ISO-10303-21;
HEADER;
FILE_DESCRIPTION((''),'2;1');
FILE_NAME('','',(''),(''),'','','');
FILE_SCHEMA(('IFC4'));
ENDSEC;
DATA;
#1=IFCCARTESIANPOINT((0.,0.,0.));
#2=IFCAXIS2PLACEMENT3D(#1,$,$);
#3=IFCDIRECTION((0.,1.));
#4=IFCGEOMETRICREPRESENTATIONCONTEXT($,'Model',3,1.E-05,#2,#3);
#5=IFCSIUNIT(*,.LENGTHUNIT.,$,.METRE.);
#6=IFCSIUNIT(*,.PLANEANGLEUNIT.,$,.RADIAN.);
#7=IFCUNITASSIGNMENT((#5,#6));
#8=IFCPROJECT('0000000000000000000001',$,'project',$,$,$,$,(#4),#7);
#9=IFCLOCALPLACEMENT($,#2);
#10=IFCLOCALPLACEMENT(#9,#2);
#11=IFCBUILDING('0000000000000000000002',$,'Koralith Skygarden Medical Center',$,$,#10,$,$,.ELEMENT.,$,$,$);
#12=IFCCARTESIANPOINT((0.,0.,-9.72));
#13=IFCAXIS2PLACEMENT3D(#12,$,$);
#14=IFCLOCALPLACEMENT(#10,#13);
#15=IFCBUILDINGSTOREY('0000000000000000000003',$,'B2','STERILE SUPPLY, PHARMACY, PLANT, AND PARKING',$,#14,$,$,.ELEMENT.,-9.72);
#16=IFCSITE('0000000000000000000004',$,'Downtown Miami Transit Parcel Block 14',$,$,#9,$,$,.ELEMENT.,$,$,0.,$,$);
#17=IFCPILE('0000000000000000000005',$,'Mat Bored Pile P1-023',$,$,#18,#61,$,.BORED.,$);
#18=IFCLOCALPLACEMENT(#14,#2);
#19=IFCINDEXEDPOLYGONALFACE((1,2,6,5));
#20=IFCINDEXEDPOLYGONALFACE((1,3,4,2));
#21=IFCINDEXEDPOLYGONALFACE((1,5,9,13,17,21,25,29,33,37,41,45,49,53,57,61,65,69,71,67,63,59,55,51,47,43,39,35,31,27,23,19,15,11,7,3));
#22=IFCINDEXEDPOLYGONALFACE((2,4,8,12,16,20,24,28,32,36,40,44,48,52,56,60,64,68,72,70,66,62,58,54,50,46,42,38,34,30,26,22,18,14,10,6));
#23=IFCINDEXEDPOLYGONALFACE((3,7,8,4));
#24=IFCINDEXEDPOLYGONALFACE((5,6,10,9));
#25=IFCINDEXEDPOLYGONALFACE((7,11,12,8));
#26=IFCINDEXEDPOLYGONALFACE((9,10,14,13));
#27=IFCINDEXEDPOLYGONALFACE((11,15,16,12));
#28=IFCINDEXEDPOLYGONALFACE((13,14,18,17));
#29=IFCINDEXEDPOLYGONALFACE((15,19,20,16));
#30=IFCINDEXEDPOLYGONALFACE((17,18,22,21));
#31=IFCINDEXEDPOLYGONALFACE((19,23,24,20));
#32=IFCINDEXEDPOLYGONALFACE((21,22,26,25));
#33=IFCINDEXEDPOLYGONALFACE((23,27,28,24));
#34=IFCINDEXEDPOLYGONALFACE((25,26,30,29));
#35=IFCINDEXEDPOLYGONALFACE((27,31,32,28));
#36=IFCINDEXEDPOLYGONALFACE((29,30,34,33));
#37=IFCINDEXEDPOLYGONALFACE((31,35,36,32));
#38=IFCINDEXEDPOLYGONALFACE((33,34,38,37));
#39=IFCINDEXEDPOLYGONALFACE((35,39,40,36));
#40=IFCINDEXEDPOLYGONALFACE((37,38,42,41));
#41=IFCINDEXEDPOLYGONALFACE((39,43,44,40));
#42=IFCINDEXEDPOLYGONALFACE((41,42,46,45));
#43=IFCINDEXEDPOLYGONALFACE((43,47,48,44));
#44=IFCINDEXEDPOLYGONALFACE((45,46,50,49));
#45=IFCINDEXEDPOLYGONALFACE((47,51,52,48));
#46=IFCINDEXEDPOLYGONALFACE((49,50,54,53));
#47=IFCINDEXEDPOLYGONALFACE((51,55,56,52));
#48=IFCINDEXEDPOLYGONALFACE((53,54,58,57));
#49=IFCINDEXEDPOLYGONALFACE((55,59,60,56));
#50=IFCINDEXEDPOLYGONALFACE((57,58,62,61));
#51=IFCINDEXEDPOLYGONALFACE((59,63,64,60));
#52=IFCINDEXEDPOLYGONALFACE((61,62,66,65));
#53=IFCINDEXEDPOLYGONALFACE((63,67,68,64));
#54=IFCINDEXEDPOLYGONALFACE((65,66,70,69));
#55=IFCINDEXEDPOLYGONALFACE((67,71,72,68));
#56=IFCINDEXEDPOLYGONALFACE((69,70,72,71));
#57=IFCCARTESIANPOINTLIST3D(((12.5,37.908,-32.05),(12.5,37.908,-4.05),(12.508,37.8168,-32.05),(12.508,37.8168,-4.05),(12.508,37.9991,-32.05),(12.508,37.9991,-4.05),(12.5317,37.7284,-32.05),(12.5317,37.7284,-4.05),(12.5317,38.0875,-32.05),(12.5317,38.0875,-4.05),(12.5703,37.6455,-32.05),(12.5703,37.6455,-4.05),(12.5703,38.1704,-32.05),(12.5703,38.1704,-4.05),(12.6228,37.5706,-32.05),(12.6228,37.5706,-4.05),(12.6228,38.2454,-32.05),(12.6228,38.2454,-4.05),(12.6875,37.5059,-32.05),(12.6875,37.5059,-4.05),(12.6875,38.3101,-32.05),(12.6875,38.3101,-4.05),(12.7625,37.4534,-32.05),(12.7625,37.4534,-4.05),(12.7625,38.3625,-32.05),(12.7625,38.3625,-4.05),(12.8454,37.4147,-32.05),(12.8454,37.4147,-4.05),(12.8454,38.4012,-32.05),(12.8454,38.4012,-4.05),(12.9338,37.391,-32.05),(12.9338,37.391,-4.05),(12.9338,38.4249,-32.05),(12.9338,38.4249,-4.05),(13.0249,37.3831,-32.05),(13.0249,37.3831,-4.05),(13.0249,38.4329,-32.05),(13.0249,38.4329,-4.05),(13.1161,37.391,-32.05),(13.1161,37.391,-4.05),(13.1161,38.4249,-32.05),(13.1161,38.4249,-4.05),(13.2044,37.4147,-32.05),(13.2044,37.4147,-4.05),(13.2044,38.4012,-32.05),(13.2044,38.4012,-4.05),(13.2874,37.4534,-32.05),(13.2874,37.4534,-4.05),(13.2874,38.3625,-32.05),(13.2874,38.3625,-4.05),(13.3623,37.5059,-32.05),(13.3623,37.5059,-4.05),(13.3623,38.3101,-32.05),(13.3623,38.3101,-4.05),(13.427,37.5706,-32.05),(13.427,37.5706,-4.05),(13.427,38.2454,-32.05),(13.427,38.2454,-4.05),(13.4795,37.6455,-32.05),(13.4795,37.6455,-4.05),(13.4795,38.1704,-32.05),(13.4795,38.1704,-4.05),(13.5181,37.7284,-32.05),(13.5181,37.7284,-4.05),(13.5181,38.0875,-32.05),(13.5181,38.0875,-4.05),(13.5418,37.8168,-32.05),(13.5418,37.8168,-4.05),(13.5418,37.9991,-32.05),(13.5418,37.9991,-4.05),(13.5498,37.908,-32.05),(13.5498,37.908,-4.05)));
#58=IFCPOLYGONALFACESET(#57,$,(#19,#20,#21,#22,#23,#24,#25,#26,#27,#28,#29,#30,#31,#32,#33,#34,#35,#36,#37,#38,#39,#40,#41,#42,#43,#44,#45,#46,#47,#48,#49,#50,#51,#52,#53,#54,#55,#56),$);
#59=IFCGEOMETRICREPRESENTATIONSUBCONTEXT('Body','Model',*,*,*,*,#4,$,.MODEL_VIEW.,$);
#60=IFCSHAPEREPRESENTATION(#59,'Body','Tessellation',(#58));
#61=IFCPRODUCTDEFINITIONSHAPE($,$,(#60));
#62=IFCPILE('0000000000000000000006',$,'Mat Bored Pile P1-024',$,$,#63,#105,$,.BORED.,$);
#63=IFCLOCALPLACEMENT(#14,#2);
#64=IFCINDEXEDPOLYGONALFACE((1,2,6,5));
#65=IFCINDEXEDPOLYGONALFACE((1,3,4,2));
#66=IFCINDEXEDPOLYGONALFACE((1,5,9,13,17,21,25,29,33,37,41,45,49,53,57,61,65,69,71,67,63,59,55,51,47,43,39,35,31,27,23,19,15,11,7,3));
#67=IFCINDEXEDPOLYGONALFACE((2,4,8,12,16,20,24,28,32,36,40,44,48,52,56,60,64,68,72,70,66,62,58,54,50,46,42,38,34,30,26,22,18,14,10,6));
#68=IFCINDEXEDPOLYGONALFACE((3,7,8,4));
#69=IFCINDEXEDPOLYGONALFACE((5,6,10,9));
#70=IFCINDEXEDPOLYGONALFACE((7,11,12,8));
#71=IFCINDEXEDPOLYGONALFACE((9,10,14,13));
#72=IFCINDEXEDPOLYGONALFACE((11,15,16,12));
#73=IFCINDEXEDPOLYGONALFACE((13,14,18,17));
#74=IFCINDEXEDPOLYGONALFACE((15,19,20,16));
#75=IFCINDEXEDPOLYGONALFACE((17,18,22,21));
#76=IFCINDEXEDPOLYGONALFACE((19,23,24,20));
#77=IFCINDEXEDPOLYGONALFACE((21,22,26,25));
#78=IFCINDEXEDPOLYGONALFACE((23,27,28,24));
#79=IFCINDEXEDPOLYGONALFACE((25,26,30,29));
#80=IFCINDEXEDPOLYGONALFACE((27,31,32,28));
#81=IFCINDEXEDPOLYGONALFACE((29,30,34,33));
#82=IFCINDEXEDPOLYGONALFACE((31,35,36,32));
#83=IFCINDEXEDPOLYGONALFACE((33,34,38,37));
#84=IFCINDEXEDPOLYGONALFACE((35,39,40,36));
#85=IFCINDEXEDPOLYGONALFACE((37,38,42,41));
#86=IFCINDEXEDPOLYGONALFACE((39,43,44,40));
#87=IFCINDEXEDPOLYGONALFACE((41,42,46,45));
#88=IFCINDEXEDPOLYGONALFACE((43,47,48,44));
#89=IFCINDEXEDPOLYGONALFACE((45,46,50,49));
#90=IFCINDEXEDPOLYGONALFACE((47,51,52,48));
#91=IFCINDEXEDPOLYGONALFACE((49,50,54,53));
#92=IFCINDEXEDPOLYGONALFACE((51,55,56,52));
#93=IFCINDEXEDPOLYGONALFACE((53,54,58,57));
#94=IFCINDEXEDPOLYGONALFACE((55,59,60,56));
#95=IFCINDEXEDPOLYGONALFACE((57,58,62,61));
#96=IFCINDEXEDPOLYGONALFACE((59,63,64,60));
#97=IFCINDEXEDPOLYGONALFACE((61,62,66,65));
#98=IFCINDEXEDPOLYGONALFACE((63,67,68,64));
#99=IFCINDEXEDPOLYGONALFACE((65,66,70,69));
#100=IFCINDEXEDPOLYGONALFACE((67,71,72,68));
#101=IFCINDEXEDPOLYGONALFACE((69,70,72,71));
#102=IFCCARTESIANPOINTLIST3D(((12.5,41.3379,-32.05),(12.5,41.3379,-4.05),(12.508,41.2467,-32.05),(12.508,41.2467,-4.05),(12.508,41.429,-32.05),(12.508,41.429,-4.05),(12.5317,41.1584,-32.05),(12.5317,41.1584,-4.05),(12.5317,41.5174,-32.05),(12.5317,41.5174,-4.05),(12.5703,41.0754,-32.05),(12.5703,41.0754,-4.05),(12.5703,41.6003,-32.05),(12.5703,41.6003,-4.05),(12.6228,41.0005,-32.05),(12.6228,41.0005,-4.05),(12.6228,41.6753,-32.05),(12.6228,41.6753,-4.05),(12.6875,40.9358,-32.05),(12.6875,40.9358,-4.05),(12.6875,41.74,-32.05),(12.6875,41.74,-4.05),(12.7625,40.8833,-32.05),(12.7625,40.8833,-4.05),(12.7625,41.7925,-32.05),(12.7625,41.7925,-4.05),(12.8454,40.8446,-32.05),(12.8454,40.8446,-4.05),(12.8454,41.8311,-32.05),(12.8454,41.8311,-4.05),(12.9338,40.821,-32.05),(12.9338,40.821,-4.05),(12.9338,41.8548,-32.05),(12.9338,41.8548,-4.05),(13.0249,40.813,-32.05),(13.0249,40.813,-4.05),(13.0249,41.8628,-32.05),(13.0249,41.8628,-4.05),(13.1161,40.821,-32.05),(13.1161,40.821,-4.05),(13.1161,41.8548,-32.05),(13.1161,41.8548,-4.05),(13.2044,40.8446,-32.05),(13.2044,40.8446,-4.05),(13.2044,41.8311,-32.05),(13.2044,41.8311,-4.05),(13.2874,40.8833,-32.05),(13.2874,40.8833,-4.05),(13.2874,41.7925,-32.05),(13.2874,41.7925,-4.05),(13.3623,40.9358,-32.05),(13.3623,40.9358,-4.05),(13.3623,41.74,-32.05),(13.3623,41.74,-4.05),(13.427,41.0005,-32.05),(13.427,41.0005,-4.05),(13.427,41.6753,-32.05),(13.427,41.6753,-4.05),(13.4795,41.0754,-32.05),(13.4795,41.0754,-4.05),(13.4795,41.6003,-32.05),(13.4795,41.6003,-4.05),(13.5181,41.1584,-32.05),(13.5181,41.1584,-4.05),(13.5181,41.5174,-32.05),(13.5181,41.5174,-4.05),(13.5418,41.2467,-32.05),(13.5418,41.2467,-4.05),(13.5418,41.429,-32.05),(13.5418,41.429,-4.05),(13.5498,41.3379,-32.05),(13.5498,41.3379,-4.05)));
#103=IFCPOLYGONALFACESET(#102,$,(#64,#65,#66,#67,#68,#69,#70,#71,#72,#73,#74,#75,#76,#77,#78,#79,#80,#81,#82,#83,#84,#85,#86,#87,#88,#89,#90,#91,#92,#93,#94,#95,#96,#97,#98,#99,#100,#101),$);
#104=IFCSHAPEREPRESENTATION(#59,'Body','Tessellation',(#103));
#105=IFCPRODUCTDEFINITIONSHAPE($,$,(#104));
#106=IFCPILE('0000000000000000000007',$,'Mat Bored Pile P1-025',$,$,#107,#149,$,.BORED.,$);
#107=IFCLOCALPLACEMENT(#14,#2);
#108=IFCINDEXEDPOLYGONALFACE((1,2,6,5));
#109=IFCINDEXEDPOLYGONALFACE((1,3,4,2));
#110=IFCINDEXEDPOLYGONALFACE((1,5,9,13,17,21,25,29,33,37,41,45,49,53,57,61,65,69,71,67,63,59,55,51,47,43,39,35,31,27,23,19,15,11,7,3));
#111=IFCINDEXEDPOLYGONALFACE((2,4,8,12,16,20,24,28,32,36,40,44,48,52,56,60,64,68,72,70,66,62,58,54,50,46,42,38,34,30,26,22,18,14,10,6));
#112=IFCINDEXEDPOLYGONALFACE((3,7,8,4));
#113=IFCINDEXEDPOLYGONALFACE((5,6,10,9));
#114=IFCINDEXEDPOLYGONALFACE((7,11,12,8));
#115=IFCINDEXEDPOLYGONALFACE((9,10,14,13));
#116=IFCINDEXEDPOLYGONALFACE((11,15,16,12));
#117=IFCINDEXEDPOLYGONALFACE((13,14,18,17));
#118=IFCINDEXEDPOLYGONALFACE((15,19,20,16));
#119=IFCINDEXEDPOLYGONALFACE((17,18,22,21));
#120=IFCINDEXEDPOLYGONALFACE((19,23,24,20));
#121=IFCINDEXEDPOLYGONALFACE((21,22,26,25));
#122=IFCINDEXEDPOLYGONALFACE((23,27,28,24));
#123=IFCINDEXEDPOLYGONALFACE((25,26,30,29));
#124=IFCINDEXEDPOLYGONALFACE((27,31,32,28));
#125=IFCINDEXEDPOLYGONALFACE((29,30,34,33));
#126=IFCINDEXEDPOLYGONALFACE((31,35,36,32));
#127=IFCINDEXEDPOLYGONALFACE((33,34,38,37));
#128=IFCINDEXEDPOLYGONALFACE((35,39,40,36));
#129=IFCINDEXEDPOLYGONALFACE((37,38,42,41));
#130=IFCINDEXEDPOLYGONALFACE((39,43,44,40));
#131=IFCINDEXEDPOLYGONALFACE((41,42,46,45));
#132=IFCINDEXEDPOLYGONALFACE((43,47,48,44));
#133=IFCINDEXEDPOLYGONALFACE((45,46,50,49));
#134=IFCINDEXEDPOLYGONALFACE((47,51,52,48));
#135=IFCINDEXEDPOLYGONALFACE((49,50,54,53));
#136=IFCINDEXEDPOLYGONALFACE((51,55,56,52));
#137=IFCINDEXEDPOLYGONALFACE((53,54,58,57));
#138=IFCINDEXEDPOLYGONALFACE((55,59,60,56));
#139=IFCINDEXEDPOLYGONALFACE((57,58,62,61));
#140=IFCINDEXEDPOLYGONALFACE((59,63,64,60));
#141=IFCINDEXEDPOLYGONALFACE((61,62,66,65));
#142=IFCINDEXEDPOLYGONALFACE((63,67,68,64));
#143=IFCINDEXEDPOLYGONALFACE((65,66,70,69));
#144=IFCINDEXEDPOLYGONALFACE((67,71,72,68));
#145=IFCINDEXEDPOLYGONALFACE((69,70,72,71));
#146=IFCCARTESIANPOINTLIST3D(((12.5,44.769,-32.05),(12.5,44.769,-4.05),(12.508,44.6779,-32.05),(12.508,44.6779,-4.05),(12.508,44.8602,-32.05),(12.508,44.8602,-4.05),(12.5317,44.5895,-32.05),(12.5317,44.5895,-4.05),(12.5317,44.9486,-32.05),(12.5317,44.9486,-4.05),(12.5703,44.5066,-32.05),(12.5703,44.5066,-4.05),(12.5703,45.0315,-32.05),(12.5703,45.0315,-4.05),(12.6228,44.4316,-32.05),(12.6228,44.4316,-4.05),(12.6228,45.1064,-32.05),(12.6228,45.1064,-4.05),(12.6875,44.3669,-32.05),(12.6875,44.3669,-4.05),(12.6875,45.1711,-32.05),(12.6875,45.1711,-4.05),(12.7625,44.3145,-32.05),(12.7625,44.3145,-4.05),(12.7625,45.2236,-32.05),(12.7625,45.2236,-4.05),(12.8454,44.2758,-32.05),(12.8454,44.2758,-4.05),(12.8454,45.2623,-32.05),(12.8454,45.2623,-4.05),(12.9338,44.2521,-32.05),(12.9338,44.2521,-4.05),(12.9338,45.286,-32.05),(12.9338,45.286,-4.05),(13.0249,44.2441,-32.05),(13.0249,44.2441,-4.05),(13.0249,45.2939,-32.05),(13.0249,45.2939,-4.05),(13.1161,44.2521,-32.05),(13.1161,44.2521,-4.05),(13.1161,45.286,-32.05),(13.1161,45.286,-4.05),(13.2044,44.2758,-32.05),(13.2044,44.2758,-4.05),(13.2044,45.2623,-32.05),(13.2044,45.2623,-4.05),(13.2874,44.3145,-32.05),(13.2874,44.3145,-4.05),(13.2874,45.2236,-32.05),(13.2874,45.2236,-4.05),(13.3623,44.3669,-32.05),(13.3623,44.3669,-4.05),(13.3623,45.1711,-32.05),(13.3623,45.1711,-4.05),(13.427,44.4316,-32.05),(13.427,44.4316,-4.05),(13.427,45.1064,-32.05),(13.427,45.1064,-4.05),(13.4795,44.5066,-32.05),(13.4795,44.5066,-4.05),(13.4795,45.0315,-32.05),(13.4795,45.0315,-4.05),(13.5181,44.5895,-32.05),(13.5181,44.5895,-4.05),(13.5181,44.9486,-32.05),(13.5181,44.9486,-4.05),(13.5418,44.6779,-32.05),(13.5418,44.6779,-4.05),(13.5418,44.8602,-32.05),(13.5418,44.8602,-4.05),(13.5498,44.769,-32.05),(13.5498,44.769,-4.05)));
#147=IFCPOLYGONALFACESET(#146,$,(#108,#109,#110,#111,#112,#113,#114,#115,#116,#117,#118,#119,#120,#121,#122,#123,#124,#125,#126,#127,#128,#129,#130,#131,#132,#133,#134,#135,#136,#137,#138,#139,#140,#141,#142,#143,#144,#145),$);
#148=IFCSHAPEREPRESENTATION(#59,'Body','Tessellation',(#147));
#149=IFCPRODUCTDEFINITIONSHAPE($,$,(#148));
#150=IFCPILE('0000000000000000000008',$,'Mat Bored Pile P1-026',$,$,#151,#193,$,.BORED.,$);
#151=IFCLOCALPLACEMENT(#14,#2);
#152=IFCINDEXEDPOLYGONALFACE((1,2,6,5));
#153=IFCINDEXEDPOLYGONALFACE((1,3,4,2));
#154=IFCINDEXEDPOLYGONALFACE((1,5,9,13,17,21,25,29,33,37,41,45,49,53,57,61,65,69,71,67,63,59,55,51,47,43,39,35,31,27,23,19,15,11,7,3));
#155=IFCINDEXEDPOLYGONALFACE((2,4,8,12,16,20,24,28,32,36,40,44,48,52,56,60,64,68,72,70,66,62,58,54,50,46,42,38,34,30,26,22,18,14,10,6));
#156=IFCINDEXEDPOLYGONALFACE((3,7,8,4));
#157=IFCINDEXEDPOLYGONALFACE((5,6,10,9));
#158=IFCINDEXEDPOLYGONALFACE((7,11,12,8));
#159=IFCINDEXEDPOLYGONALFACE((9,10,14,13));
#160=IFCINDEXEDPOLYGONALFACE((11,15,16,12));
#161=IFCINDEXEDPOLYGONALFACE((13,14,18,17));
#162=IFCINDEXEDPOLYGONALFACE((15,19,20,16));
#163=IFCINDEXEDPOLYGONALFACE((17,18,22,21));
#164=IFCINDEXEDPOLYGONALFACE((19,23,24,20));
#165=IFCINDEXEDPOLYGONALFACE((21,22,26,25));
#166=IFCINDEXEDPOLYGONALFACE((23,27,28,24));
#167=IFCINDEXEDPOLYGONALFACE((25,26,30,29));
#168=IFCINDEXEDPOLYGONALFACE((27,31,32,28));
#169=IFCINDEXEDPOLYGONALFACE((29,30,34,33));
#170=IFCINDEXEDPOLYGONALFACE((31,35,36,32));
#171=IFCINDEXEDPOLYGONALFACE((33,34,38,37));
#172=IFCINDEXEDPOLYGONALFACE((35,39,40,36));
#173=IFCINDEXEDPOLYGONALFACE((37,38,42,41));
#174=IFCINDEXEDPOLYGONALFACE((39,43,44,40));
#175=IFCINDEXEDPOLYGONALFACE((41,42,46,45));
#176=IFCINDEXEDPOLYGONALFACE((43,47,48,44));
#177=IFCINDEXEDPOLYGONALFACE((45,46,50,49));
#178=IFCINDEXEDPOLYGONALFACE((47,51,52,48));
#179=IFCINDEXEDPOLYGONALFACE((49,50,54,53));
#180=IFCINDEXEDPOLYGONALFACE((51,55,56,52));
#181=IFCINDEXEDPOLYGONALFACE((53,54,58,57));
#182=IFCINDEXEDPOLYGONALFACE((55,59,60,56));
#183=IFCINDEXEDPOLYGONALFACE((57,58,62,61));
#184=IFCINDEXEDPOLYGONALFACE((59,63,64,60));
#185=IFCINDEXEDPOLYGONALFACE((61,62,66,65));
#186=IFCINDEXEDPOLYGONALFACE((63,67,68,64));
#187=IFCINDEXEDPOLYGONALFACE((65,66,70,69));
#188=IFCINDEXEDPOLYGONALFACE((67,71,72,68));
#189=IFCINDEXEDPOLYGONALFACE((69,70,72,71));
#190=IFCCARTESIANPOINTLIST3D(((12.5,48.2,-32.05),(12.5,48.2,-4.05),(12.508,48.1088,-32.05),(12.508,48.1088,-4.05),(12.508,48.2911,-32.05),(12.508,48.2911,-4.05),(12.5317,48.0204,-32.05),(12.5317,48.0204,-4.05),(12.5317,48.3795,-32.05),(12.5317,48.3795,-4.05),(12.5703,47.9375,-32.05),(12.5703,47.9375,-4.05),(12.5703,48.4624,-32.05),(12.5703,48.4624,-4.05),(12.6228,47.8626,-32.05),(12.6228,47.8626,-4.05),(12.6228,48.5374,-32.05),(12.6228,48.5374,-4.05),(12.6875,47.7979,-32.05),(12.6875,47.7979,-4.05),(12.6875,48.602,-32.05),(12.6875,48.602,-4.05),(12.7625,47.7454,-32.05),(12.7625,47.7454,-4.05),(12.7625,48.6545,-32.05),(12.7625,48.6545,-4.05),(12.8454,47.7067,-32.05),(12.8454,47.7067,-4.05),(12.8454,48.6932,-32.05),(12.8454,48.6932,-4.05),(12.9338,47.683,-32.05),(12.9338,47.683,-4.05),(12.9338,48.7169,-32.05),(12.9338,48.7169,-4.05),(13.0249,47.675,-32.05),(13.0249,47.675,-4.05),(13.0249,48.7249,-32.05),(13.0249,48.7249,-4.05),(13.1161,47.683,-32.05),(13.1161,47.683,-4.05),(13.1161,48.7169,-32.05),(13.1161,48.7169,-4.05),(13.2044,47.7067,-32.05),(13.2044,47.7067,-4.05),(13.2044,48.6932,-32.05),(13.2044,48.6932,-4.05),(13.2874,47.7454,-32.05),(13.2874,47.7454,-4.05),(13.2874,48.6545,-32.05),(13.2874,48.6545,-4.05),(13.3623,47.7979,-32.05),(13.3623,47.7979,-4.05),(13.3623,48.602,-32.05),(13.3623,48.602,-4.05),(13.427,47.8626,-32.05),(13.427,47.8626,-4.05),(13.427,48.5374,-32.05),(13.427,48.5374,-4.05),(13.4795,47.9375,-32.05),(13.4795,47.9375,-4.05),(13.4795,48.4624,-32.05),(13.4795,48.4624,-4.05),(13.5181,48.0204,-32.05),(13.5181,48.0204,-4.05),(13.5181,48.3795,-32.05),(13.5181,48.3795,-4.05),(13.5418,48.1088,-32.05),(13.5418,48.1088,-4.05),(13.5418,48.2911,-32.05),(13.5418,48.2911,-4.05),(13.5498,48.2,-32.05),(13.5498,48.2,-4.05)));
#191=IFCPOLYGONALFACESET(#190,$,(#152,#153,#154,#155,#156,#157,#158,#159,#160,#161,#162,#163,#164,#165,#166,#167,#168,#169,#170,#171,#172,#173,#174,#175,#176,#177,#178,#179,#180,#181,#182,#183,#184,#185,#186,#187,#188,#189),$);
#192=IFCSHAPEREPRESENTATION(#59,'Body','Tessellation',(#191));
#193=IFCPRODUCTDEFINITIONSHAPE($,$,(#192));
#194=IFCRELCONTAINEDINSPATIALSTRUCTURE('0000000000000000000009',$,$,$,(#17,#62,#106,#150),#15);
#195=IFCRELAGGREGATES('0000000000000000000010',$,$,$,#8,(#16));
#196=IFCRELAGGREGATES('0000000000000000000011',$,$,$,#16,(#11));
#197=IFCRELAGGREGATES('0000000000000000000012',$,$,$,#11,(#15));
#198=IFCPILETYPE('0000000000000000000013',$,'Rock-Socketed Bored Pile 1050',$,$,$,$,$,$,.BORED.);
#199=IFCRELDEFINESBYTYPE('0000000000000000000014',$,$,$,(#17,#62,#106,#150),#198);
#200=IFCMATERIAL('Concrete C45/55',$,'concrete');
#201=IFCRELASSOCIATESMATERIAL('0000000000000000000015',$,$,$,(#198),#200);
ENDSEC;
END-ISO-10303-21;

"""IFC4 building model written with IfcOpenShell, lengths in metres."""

from ifc_helpers import new_model, si_unit, direction, frame, origin, origin_2d, place, context, subcontext, project, spatial, circle, extrude, material, material_profile, profile_set, type_object, element, save


model = new_model("IFC4")

# Units and contexts
model_context = context("Model", 3, precision=1e-05, world=origin(), true_north=direction((0.0, 1.0)))
body_context = subcontext(model_context, "Body", "Model", "MODEL_VIEW")
ifc_project = project(units=[si_unit("LENGTHUNIT", "METRE"), si_unit("PLANEANGLEUNIT", "RADIAN")], contexts=[model_context])

# Site, building, storey
site_placement = place(None, origin())
site = spatial("IfcSite", under=ifc_project, at=site_placement, Name="Downtown Miami Transit Parcel Block 14", CompositionType="ELEMENT", RefElevation=0.0)
building_placement = place(site_placement, origin())
building = spatial("IfcBuilding", under=site, at=building_placement, Name="Koralith Skygarden Medical Center", CompositionType="ELEMENT")
storey_placement = place(building_placement, frame((0.0, 0.0, -9.72)))
storey = spatial("IfcBuildingStorey", under=building, at=storey_placement, Name="B2", Description="STERILE SUPPLY, PHARMACY, PLANT, AND PARKING", CompositionType="ELEMENT", Elevation=-9.72)

# Piles
ifc_material_1 = material(Name="Concrete C45/55", Category="concrete")
ifc_material_profile_1 = material_profile(ifc_material_1, circle(Radius=0.5249, at=origin_2d()), Name="PILE1050")
ifc_profile_set_1 = profile_set([ifc_material_profile_1], Name="Concrete C45/55")
pile_type = type_object("IfcPileType", Name="Rock-Socketed Bored Pile 1050", PredefinedType="BORED", material=ifc_profile_set_1)
for number, where, z_axis, x_axis, name in (
    (1, (13.0249, 37.908, -4.05), (0.0, 0.0, -1.0), (1.0, 0.0, 0.0), "Mat Bored Pile P1-023"),
    (2, (13.0249, 41.3379, -4.05), (0.0, 0.0, -1.0), (1.0, 0.0, 0.0), "Mat Bored Pile P1-024"),
    (3, (13.0249, 44.769, -4.05), (0.0, 0.0, -1.0), (1.0, 0.0, 0.0), "Mat Bored Pile P1-025"),
    (4, (13.0249, 48.2, -4.05), (0.0, 0.0, -1.0), (1.0, 0.0, 0.0), "Mat Bored Pile P1-026"),
):
    element("IfcPile", number, at=place(storey_placement, frame(where, z_axis=z_axis, x_axis=x_axis)), inside=storey, type_object=pile_type, Name=name, PredefinedType="BORED", context=body_context, shape_type="SweptSolid", body=[
        extrude(circle(Radius=0.5249, at=origin_2d()), origin(), (0.0, 0.0, 1.0), 28.0),
    ])

save(model, "model.ifc")
